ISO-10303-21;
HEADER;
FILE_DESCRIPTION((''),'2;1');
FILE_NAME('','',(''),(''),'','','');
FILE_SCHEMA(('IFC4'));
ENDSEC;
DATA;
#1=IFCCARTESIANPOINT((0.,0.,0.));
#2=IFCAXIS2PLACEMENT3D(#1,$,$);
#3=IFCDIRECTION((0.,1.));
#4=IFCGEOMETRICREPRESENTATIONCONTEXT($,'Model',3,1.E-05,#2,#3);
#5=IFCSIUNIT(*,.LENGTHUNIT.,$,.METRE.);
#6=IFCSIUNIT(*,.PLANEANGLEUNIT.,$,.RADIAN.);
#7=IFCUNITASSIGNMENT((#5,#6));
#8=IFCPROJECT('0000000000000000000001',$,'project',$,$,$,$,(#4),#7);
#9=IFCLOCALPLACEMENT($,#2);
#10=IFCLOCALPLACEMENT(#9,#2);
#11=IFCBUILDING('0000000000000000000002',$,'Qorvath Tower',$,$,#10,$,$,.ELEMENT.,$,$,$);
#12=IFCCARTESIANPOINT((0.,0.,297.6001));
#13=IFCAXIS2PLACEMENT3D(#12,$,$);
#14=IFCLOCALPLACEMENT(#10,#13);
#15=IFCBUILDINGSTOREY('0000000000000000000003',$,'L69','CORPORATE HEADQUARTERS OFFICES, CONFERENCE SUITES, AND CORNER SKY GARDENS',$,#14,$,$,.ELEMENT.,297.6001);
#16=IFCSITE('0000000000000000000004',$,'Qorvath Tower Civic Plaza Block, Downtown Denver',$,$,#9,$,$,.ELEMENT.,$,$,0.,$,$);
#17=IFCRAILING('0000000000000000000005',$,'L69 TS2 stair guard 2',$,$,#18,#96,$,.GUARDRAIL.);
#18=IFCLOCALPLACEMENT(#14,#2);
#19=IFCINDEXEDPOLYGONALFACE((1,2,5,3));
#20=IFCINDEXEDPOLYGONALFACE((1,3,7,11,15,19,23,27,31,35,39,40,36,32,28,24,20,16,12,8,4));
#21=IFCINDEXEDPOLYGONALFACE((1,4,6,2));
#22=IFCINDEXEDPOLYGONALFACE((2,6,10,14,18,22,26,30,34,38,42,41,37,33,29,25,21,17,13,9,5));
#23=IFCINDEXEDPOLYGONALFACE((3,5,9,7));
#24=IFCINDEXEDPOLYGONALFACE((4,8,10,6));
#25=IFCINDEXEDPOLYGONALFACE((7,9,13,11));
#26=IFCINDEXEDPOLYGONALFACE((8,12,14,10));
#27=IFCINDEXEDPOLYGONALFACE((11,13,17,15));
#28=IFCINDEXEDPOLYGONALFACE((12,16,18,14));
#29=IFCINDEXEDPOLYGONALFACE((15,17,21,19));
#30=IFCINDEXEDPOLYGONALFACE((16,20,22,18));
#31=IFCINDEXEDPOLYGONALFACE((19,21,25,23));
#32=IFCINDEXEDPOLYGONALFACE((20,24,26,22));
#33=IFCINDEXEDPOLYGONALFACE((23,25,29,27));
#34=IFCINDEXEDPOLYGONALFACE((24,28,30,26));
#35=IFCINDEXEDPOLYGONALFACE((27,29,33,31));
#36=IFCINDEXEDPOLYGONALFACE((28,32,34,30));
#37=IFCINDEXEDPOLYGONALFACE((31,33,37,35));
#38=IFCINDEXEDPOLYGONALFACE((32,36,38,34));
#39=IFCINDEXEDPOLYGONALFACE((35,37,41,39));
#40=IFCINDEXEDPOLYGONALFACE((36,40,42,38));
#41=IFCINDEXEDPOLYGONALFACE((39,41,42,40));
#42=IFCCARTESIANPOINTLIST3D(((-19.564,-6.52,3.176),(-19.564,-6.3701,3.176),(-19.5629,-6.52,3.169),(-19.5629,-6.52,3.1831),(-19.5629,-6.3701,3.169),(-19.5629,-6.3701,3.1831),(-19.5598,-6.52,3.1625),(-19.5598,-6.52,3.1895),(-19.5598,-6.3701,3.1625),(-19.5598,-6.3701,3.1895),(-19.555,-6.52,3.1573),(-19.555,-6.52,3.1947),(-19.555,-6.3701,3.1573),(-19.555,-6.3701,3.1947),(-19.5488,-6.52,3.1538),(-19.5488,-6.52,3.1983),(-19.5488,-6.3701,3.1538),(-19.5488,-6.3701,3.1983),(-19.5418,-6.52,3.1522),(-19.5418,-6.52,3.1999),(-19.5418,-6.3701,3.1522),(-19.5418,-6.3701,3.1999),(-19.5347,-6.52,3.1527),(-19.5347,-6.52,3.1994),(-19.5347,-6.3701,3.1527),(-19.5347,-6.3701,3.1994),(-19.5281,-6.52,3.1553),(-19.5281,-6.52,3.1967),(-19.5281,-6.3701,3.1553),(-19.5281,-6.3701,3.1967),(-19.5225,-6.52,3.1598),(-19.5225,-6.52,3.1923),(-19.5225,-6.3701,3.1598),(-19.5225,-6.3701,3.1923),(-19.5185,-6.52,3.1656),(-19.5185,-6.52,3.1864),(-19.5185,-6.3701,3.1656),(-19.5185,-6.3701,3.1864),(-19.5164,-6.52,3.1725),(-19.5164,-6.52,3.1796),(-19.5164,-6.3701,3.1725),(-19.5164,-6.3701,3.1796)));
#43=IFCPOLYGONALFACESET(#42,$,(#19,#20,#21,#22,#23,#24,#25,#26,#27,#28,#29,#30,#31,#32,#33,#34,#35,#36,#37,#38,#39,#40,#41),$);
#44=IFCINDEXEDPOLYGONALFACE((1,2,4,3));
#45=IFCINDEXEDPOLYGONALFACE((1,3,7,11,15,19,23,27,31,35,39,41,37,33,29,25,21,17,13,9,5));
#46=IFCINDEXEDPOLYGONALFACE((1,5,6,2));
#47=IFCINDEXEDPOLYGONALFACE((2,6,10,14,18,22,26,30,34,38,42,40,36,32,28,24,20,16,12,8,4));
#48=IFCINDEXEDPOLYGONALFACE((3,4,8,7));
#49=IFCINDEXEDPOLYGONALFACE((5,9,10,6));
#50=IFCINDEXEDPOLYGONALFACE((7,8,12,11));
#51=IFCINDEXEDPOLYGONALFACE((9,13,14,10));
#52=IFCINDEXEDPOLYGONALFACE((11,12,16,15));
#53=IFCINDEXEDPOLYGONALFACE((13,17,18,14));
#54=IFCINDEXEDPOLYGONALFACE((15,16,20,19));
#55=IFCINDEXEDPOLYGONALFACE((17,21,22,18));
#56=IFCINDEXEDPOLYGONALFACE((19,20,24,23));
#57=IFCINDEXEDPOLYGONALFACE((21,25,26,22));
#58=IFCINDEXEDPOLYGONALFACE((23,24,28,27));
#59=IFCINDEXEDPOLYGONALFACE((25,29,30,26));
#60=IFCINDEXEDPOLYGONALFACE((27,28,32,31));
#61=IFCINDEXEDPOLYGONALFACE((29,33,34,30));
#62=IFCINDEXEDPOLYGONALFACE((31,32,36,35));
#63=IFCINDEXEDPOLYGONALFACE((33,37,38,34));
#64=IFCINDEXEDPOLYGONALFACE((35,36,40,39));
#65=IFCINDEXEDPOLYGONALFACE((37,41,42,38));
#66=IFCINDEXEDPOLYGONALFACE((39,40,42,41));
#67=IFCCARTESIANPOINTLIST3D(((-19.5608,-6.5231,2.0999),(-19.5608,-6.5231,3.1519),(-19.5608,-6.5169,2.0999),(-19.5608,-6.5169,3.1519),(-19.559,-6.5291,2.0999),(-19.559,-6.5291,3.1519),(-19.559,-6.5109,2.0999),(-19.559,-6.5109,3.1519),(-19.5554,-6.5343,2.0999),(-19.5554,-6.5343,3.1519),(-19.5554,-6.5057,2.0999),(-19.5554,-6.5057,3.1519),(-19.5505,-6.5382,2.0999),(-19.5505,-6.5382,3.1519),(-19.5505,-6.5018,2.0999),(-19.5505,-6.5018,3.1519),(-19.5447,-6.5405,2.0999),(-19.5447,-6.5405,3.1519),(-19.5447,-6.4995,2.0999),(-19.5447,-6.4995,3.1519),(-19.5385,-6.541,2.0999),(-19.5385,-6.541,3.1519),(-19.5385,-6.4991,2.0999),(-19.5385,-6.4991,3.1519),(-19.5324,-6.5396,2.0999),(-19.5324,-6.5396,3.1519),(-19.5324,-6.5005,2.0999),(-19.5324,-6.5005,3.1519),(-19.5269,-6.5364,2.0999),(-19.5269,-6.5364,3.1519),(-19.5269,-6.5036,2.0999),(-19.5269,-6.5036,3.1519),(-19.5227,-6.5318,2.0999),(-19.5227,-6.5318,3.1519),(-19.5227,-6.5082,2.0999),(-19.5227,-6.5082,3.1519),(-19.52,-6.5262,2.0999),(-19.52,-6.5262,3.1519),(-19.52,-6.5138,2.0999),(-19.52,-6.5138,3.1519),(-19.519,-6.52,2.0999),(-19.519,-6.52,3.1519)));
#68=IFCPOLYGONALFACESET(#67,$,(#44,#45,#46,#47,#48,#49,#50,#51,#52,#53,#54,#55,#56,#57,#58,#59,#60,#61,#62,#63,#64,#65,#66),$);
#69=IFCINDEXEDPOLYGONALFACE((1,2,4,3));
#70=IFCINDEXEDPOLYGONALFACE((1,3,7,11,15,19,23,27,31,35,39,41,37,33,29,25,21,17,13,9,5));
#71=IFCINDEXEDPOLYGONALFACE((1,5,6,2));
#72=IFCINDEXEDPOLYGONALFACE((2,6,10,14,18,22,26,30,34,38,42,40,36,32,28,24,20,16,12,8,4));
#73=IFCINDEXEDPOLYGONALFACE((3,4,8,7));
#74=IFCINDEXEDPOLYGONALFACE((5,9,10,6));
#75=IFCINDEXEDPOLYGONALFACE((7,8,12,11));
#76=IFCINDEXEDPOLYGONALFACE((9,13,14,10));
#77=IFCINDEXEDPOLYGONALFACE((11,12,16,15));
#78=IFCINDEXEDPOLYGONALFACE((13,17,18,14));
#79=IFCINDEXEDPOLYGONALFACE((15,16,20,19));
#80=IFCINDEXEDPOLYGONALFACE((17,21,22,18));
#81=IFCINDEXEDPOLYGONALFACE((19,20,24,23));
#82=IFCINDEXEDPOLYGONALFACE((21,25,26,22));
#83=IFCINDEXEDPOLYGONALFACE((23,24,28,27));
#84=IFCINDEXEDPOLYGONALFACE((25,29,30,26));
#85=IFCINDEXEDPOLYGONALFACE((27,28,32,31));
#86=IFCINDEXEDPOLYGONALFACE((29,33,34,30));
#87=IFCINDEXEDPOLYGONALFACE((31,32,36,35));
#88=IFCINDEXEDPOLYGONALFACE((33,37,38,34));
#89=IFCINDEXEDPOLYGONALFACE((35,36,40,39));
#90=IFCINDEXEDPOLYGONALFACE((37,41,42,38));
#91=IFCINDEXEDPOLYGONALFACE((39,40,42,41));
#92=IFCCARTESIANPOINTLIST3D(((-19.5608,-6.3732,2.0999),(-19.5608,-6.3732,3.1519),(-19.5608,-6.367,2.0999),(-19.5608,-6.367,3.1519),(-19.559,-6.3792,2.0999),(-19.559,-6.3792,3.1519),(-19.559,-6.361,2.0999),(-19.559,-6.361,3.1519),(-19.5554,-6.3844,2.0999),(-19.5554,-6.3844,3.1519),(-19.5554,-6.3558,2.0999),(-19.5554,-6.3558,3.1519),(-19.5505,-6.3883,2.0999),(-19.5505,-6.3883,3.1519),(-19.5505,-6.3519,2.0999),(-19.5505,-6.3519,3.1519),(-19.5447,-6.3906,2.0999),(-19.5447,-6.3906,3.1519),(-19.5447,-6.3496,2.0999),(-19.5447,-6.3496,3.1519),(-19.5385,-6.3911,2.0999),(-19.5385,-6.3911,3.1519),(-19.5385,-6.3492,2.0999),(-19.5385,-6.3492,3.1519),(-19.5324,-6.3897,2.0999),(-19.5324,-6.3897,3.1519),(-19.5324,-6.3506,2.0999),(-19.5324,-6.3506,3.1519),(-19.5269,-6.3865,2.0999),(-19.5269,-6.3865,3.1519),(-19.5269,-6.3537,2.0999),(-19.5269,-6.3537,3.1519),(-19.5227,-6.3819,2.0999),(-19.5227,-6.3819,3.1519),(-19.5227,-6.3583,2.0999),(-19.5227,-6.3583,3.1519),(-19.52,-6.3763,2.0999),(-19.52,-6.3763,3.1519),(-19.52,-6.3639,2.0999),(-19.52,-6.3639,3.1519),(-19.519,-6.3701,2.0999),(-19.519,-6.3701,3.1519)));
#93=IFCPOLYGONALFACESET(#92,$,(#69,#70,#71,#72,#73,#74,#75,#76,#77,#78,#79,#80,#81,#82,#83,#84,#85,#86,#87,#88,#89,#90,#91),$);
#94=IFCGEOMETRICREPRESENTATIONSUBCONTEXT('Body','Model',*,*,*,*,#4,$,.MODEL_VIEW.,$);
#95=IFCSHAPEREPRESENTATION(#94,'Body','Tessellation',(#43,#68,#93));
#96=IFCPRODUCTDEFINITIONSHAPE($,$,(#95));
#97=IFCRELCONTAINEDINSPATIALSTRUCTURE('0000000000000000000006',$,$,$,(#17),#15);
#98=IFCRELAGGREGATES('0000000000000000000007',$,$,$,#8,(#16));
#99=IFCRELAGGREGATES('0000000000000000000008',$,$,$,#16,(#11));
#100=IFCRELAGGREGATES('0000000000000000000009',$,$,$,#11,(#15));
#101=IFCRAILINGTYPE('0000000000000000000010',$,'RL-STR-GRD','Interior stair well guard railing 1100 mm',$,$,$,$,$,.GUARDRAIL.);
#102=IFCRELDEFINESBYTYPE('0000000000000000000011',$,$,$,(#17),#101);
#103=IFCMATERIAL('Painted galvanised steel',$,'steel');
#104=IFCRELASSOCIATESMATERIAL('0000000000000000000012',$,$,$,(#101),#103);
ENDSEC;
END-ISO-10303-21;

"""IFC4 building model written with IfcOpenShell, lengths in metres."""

from ifc_helpers import new_model, si_unit, direction, frame, origin, origin_2d, place, context, subcontext, project, spatial, circle, extrude, material, type_object, element, save


model = new_model("IFC4")

# Units and contexts
model_context = context("Model", 3, precision=1e-05, world=origin(), true_north=direction((0.0, 1.0)))
body_context = subcontext(model_context, "Body", "Model", "MODEL_VIEW")
ifc_project = project(units=[si_unit("LENGTHUNIT", "METRE"), si_unit("PLANEANGLEUNIT", "RADIAN")], contexts=[model_context])

# Site, building, storey
site_placement = place(None, origin())
site = spatial("IfcSite", under=ifc_project, at=site_placement, Name="Qorvath Tower Civic Plaza Block, Downtown Denver", CompositionType="ELEMENT", RefElevation=0.0)
building_placement = place(site_placement, origin())
building = spatial("IfcBuilding", under=site, at=building_placement, Name="Qorvath Tower", CompositionType="ELEMENT")
storey_placement = place(building_placement, frame((0.0, 0.0, 297.6001)))
storey = spatial("IfcBuildingStorey", under=building, at=storey_placement, Name="L69", Description="CORPORATE HEADQUARTERS OFFICES, CONFERENCE SUITES, AND CORNER SKY GARDENS", CompositionType="ELEMENT", Elevation=297.6001)

# Railing
ifc_material_1 = material(Name="Painted galvanised steel", Category="steel")
railing_type = type_object("IfcRailingType", Name="RL-STR-GRD", Description="Interior stair well guard railing 1100 mm", PredefinedType="GUARDRAIL", material=ifc_material_1)
railing_1_placement = place(storey_placement, frame((-19.54, -6.52, 2.0999)))
element("IfcRailing", 1, at=railing_1_placement, inside=storey, type_object=railing_type, Name="L69 TS2 stair guard 2", PredefinedType="GUARDRAIL", context=body_context, shape_type="SweptSolid", body=[
    extrude(circle(Radius=0.0239, at=origin_2d()), frame((0.0, 0.0, 1.0762), z_axis=(0.0, 1.0, 0.0), x_axis=(-1.0, 0.0, 0.0)), (0.0, 0.0, 1.0), 0.1499),
    extrude(circle(Radius=0.021, at=origin_2d()), origin(), (0.0, 0.0, 1.0), 1.052),
    extrude(circle(Radius=0.021, at=origin_2d()), frame((0.0, 0.1499, 0.0)), (0.0, 0.0, 1.0), 1.052),
])

save(model, "model.ifc")
